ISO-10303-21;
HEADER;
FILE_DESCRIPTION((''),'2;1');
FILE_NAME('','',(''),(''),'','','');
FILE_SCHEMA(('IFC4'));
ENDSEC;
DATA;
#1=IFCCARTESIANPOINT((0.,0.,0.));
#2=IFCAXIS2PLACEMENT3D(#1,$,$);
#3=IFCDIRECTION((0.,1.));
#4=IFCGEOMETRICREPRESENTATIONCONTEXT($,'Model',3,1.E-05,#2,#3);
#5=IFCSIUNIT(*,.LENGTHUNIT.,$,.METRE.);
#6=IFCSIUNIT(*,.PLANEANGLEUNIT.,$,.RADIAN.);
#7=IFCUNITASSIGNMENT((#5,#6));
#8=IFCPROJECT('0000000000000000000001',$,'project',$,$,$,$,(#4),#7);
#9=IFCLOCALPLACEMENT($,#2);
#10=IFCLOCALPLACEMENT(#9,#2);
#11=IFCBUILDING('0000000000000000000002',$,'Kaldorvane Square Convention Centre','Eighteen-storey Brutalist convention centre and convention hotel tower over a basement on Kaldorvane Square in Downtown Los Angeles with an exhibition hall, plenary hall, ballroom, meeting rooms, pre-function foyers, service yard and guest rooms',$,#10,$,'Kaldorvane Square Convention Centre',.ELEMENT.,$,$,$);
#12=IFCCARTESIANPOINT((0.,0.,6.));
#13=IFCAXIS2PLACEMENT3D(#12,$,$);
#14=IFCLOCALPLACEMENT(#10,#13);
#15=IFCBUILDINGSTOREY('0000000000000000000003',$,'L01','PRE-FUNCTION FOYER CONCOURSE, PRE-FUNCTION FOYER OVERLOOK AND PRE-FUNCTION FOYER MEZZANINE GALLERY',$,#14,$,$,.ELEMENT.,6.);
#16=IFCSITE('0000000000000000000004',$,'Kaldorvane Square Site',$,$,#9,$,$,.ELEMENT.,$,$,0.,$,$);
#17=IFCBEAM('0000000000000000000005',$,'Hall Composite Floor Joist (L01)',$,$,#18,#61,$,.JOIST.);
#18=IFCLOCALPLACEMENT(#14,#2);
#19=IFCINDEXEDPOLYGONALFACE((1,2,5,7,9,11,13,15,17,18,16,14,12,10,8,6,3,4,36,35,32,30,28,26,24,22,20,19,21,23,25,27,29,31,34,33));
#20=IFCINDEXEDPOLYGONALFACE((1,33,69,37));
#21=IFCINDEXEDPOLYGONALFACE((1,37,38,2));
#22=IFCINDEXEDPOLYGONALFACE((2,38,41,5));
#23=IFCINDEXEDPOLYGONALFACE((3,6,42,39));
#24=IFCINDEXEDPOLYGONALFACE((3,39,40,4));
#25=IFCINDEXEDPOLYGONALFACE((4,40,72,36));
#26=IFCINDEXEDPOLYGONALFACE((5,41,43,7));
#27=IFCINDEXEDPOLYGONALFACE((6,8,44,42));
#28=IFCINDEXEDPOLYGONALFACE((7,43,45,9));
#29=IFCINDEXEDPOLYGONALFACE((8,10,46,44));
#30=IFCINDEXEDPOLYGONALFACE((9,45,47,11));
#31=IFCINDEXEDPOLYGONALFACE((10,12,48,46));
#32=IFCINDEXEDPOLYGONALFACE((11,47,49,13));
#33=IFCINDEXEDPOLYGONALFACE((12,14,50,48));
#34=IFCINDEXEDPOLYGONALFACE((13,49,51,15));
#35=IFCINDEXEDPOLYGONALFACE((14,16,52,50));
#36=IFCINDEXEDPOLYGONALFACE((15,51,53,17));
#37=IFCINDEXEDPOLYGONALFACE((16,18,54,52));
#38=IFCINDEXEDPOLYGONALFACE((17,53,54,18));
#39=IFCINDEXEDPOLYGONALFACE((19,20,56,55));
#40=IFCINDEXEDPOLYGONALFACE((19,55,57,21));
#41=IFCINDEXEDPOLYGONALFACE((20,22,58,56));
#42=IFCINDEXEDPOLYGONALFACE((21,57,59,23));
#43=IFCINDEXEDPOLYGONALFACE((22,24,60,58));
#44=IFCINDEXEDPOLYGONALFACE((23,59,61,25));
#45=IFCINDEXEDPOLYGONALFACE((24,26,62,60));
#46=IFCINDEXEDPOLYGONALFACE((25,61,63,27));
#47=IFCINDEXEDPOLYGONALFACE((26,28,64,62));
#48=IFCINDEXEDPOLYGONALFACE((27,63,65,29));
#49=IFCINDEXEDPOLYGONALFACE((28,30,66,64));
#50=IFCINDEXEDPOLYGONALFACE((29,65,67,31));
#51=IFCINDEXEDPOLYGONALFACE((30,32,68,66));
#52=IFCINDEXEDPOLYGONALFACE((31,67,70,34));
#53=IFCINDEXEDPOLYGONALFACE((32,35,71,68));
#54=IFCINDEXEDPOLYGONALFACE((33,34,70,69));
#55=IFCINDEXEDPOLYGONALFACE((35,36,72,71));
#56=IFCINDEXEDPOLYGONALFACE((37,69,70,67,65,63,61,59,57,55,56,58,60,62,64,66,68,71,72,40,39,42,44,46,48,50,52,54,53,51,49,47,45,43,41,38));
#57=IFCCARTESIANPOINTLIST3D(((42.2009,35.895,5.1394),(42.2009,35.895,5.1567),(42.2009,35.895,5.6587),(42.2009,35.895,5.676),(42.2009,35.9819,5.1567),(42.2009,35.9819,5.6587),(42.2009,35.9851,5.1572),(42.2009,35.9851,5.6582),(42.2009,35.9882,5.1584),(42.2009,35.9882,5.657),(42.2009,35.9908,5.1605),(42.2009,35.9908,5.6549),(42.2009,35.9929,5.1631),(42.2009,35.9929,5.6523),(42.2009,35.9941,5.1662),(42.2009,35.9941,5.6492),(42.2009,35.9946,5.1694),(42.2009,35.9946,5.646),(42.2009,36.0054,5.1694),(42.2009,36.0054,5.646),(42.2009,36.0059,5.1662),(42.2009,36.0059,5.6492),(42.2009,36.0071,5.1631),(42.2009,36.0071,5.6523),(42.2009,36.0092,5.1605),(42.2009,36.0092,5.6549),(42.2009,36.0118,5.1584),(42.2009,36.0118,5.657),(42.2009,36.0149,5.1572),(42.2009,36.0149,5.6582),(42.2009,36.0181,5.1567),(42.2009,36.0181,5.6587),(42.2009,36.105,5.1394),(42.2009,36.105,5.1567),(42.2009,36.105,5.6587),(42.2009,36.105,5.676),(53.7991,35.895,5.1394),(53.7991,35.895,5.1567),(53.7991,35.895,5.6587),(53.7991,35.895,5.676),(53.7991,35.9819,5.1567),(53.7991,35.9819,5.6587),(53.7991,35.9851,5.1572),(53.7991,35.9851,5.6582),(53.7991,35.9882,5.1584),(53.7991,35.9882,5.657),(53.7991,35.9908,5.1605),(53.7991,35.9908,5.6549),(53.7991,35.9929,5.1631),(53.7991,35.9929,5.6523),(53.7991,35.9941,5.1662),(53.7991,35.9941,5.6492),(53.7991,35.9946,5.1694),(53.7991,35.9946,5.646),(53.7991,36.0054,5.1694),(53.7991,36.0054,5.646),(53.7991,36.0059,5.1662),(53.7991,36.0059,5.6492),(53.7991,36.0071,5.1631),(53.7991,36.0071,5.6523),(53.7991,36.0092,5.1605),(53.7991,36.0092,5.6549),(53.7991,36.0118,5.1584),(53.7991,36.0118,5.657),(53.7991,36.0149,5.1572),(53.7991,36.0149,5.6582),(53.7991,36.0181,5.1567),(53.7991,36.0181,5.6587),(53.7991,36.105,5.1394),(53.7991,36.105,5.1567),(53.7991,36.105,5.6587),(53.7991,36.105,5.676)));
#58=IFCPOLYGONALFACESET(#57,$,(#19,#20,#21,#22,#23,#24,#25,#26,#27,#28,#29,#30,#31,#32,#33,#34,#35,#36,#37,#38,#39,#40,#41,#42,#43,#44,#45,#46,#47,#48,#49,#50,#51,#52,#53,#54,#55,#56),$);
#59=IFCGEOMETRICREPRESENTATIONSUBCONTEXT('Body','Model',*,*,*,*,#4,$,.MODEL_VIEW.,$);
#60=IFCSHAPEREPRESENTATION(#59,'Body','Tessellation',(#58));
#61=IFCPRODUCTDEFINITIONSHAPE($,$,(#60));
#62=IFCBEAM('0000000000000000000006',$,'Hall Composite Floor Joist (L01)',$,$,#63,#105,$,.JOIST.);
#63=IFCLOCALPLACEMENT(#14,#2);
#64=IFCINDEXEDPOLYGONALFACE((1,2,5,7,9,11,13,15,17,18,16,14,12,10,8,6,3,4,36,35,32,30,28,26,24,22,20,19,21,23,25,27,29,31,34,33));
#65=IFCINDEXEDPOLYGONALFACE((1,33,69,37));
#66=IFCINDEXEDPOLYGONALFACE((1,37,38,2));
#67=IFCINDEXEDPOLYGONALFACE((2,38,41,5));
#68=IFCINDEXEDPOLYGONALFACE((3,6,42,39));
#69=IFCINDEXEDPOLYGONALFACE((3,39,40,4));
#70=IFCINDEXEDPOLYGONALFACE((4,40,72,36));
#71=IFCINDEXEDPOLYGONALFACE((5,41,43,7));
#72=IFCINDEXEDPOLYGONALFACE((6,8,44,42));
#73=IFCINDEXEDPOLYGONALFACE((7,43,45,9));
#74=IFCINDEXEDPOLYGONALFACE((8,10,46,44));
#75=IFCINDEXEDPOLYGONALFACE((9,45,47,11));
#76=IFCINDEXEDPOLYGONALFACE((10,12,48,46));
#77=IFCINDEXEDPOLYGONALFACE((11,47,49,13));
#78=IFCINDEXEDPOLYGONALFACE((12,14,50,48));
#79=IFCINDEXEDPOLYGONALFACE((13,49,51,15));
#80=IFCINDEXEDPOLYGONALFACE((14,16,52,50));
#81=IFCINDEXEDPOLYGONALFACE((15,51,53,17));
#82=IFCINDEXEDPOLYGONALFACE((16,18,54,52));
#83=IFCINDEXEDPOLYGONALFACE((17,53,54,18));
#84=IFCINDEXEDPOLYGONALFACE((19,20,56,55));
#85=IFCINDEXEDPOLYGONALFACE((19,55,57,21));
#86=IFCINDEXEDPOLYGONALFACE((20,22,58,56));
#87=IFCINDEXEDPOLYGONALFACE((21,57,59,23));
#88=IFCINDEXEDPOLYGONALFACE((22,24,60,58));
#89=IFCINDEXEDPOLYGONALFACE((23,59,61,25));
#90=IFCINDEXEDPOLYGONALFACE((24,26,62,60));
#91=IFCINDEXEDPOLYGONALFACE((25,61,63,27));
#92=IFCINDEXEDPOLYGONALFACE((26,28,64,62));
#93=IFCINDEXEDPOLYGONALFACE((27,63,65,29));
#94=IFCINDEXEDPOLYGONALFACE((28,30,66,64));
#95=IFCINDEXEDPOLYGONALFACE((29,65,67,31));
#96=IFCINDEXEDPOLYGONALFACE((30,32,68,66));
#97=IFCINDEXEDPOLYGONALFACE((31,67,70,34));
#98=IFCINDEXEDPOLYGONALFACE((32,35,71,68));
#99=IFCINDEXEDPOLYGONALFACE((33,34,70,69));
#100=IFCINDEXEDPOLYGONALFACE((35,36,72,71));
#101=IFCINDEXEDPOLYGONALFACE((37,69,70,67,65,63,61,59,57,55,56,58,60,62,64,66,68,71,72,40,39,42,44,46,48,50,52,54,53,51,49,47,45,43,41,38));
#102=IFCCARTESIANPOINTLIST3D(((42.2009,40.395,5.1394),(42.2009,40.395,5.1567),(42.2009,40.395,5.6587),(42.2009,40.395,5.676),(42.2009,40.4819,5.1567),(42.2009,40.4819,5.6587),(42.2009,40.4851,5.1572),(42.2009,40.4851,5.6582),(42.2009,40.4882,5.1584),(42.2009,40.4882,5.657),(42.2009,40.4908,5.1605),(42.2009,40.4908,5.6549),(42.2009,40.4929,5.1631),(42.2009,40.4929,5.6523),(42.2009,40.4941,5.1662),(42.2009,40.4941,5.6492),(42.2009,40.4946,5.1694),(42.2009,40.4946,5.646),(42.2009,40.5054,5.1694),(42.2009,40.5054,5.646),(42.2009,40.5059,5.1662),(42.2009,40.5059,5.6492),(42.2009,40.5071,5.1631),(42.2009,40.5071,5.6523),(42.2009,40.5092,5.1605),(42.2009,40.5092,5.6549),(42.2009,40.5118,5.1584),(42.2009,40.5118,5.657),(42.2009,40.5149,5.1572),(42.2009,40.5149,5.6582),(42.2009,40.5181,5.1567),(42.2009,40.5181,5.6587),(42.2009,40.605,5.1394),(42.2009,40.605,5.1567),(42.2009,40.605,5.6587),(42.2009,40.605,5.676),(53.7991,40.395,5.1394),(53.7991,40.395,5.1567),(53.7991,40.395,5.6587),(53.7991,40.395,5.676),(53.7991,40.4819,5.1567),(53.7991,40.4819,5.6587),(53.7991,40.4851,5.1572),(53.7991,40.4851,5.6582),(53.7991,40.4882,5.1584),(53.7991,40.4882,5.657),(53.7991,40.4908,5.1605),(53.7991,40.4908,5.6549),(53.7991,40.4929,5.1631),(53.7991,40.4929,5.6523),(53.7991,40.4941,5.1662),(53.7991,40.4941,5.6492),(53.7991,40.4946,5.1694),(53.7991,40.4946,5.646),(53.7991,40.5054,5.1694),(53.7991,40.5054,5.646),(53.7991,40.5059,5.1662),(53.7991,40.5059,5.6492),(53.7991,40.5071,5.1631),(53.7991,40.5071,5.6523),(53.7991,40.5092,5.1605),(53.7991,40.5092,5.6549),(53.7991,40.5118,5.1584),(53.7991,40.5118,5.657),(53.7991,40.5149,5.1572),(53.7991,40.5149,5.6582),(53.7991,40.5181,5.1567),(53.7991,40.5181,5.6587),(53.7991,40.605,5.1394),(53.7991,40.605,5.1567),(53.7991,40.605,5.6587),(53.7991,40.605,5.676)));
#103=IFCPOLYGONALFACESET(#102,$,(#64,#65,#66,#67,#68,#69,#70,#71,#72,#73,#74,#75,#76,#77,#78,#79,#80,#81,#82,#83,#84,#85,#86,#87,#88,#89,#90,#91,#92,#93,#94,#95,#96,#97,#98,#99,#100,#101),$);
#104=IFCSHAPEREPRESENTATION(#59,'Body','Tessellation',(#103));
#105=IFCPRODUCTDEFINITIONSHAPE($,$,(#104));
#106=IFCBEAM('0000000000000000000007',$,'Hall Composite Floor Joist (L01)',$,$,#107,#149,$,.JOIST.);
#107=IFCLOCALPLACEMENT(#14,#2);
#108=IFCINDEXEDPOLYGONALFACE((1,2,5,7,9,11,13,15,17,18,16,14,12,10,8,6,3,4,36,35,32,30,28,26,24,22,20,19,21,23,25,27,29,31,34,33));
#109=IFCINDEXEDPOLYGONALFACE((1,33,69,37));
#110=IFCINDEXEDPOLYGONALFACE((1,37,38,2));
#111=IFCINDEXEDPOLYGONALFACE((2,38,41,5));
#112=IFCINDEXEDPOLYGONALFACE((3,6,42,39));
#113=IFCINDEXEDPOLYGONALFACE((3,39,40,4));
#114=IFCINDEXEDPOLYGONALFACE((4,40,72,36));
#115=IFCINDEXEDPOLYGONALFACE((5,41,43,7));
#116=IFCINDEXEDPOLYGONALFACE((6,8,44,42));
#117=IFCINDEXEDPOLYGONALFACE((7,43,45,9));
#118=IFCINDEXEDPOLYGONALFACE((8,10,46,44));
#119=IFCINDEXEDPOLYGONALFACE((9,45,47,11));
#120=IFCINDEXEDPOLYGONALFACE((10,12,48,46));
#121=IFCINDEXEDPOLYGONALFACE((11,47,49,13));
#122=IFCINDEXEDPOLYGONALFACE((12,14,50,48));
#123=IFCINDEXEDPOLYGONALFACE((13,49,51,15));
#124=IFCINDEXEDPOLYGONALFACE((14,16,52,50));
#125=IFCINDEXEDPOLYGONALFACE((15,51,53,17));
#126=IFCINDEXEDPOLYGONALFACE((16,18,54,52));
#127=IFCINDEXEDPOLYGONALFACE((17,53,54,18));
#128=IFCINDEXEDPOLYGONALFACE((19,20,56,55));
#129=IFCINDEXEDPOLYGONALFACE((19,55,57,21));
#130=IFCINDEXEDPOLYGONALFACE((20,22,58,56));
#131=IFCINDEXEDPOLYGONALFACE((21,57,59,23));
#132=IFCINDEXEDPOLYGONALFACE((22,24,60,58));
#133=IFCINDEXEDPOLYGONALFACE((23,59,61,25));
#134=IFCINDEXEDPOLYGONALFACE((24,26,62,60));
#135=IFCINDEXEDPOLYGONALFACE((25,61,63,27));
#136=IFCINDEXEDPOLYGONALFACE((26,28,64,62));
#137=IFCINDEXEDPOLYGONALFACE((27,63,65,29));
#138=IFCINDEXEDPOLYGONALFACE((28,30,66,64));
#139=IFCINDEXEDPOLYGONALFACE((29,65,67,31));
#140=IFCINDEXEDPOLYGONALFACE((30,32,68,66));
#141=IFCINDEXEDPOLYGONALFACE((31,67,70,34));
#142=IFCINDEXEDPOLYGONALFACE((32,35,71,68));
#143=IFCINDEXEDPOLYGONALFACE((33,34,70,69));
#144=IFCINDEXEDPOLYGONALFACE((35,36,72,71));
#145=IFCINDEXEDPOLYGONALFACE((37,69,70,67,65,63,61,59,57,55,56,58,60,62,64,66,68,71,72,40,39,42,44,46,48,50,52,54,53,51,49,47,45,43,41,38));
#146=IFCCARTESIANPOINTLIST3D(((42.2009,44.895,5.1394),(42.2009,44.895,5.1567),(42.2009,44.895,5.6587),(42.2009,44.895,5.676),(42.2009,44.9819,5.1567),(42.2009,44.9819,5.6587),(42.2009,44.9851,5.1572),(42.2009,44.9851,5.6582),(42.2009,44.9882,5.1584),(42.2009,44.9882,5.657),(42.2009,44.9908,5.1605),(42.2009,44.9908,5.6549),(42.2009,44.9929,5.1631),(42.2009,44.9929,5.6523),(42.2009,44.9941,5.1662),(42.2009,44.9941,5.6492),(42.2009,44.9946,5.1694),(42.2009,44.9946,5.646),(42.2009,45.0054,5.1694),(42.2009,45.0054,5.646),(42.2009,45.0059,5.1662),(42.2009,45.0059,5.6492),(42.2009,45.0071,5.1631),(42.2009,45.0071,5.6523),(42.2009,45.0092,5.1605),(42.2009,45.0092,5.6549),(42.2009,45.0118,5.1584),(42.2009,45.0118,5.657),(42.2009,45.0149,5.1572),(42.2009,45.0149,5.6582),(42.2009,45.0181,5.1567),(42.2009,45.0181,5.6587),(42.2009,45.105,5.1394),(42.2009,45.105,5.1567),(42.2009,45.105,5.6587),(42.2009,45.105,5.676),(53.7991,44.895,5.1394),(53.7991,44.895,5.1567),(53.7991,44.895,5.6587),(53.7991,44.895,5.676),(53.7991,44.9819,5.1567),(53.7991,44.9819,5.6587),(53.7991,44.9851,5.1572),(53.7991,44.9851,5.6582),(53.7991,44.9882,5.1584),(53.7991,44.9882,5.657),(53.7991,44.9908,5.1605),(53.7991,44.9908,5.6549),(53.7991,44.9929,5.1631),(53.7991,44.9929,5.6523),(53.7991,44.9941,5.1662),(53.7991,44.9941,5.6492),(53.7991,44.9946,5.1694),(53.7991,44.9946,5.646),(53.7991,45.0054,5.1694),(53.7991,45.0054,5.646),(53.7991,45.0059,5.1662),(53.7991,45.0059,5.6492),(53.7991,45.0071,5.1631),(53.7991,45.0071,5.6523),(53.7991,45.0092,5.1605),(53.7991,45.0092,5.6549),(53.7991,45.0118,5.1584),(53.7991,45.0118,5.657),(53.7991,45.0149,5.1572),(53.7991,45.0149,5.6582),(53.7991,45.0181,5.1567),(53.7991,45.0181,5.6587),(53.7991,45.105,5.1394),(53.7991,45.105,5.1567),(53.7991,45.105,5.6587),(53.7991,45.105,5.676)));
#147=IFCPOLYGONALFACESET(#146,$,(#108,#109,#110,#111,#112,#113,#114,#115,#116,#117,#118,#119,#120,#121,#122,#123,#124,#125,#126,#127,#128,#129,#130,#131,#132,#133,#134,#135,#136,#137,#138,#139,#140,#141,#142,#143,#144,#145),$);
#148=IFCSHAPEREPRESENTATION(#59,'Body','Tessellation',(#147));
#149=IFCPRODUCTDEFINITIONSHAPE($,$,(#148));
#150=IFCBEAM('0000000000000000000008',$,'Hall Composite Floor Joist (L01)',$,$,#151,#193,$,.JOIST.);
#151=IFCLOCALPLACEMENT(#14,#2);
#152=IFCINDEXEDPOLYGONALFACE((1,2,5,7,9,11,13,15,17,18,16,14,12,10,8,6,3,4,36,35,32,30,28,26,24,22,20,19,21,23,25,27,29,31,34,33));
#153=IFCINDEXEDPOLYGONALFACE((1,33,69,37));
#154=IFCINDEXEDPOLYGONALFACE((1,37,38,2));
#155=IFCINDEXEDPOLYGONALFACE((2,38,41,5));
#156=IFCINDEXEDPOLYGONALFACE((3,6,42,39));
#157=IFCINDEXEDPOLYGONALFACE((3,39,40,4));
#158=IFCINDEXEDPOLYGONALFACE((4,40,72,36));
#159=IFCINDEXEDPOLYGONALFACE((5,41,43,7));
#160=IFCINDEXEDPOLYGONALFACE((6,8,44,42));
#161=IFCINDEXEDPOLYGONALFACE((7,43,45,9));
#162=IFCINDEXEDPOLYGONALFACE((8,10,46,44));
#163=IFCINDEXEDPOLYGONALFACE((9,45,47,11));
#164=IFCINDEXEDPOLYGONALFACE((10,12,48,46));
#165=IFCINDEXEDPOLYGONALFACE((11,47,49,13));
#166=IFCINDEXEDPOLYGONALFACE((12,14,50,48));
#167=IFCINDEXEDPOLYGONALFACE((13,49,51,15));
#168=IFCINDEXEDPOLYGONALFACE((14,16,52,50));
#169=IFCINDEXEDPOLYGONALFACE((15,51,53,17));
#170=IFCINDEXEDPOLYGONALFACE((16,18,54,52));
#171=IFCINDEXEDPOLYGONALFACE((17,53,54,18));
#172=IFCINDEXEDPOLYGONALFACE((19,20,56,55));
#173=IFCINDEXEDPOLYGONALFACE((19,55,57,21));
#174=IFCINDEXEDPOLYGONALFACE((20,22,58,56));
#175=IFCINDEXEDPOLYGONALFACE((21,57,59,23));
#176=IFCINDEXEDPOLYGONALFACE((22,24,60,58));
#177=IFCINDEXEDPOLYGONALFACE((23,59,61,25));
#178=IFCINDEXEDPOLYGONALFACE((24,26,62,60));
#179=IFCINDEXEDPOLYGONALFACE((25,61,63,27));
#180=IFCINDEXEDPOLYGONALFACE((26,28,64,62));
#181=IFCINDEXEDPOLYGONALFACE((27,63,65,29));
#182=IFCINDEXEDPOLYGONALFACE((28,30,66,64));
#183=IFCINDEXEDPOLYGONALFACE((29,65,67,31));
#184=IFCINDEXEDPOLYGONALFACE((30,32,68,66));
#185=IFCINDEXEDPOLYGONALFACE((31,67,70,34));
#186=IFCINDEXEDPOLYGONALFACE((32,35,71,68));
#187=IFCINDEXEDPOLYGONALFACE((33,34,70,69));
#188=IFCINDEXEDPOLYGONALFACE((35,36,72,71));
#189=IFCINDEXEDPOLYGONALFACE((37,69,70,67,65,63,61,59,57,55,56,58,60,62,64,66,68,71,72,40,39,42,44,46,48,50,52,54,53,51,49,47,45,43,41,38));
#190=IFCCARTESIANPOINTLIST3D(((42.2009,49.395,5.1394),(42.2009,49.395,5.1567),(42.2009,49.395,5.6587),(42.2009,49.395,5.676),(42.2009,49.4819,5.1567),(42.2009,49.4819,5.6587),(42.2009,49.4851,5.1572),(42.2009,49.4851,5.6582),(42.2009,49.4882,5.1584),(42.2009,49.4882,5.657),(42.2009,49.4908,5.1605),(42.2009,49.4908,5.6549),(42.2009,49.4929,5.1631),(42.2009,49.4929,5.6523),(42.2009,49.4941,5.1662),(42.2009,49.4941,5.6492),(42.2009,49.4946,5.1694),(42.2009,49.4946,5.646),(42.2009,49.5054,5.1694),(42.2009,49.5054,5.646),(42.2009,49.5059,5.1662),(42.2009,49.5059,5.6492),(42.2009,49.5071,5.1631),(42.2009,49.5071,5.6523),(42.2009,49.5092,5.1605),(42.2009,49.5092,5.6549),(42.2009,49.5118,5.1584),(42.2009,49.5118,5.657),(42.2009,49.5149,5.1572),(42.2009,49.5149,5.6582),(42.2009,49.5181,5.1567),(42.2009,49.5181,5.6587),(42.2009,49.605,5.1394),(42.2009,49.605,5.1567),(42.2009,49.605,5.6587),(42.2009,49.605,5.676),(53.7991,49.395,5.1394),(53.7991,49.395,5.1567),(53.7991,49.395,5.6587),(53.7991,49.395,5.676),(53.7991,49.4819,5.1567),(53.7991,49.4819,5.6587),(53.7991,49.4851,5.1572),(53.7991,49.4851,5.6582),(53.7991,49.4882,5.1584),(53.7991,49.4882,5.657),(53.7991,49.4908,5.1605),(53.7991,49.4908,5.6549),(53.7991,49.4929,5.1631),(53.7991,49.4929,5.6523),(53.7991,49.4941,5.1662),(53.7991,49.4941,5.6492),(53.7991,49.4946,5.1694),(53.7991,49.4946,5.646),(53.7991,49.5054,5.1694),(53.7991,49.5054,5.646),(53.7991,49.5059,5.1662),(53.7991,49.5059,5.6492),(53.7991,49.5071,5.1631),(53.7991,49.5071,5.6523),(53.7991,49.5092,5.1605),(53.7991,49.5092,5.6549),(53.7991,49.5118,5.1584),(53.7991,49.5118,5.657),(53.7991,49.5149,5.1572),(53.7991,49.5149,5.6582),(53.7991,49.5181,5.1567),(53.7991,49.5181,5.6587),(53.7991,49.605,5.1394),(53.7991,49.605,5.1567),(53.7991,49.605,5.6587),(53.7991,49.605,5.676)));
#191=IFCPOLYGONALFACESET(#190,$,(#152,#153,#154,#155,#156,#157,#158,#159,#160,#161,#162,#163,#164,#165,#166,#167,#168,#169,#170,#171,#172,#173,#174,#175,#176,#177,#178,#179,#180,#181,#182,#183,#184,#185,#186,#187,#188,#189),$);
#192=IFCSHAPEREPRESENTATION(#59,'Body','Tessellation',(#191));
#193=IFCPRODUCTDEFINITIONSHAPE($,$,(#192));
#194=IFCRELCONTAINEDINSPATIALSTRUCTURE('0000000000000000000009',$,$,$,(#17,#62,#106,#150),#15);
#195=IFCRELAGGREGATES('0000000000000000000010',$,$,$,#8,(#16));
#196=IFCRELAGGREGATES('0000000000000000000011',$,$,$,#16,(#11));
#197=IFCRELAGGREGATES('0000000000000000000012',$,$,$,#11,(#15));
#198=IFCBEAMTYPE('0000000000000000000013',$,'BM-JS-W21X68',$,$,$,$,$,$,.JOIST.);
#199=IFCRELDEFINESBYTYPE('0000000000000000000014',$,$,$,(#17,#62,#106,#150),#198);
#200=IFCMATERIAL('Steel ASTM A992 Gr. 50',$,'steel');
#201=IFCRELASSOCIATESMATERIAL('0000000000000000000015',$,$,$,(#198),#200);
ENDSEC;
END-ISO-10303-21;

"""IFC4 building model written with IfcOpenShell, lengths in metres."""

from ifc_helpers import new_model, si_unit, direction, frame, origin, origin_2d, place, context, subcontext, project, spatial, i_section, extrude, material, material_profile, profile_set, type_object, element, save


model = new_model("IFC4")

# Units and contexts
model_context = context("Model", 3, precision=1e-05, world=origin(), true_north=direction((0.0, 1.0)))
body_context = subcontext(model_context, "Body", "Model", "MODEL_VIEW")
ifc_project = project(units=[si_unit("LENGTHUNIT", "METRE"), si_unit("PLANEANGLEUNIT", "RADIAN")], contexts=[model_context])

# Site, building, storey
site_placement = place(None, origin())
site = spatial("IfcSite", under=ifc_project, at=site_placement, Name="Kaldorvane Square Site", CompositionType="ELEMENT", RefElevation=0.0)
building_placement = place(site_placement, origin())
building = spatial("IfcBuilding", under=site, at=building_placement, Name="Kaldorvane Square Convention Centre", Description="Eighteen-storey Brutalist convention centre and convention hotel tower over a basement on Kaldorvane Square in Downtown Los Angeles with an exhibition hall, plenary hall, ballroom, meeting rooms, pre-function foyers, service yard and guest rooms", LongName="Kaldorvane Square Convention Centre", CompositionType="ELEMENT")
storey_placement = place(building_placement, frame((0.0, 0.0, 6.0)))
storey = spatial("IfcBuildingStorey", under=building, at=storey_placement, Name="L01", Description="PRE-FUNCTION FOYER CONCOURSE, PRE-FUNCTION FOYER OVERLOOK AND PRE-FUNCTION FOYER MEZZANINE GALLERY", CompositionType="ELEMENT", Elevation=6.0)

# Beams
ifc_material = material(Name="Steel ASTM A992 Gr. 50", Category="steel")
ifc_material_profile_1 = material_profile(ifc_material, i_section(OverallWidth=0.2101, OverallDepth=0.5367, WebThickness=0.0109, FlangeThickness=0.0174, FilletRadius=0.0127, at=origin_2d()), Name="W21X68")
ifc_profile_set_1 = profile_set([ifc_material_profile_1], Name="Steel ASTM A992 Gr. 50")
beam_type_1 = type_object("IfcBeamType", Name="BM-JS-W21X68", PredefinedType="JOIST", material=ifc_profile_set_1)
for number, where, z_axis, x_axis, name in (
    (1, (42.2009, 36.0, 5.4077), (1.0, 0.0, 0.0), (0.0, 1.0, 0.0), "Hall Composite Floor Joist (L01)"),
    (2, (42.2009, 40.5, 5.4077), (1.0, 0.0, 0.0), (0.0, 1.0, 0.0), "Hall Composite Floor Joist (L01)"),
    (3, (42.2009, 45.0, 5.4077), (1.0, 0.0, 0.0), (0.0, 1.0, 0.0), "Hall Composite Floor Joist (L01)"),
    (4, (42.2009, 49.5, 5.4077), (1.0, 0.0, 0.0), (0.0, 1.0, 0.0), "Hall Composite Floor Joist (L01)"),
):
    element("IfcBeam", number, at=place(storey_placement, frame(where, z_axis=z_axis, x_axis=x_axis)), inside=storey, type_object=beam_type_1, Name=name, PredefinedType="JOIST", context=body_context, shape_type="SweptSolid", body=[
        extrude(i_section(OverallWidth=0.2101, OverallDepth=0.5367, WebThickness=0.0109, FlangeThickness=0.0174, FilletRadius=0.0127, at=origin_2d()), origin(), (0.0, 0.0, 1.0), 11.5982),
    ])

save(model, "model.ifc")
